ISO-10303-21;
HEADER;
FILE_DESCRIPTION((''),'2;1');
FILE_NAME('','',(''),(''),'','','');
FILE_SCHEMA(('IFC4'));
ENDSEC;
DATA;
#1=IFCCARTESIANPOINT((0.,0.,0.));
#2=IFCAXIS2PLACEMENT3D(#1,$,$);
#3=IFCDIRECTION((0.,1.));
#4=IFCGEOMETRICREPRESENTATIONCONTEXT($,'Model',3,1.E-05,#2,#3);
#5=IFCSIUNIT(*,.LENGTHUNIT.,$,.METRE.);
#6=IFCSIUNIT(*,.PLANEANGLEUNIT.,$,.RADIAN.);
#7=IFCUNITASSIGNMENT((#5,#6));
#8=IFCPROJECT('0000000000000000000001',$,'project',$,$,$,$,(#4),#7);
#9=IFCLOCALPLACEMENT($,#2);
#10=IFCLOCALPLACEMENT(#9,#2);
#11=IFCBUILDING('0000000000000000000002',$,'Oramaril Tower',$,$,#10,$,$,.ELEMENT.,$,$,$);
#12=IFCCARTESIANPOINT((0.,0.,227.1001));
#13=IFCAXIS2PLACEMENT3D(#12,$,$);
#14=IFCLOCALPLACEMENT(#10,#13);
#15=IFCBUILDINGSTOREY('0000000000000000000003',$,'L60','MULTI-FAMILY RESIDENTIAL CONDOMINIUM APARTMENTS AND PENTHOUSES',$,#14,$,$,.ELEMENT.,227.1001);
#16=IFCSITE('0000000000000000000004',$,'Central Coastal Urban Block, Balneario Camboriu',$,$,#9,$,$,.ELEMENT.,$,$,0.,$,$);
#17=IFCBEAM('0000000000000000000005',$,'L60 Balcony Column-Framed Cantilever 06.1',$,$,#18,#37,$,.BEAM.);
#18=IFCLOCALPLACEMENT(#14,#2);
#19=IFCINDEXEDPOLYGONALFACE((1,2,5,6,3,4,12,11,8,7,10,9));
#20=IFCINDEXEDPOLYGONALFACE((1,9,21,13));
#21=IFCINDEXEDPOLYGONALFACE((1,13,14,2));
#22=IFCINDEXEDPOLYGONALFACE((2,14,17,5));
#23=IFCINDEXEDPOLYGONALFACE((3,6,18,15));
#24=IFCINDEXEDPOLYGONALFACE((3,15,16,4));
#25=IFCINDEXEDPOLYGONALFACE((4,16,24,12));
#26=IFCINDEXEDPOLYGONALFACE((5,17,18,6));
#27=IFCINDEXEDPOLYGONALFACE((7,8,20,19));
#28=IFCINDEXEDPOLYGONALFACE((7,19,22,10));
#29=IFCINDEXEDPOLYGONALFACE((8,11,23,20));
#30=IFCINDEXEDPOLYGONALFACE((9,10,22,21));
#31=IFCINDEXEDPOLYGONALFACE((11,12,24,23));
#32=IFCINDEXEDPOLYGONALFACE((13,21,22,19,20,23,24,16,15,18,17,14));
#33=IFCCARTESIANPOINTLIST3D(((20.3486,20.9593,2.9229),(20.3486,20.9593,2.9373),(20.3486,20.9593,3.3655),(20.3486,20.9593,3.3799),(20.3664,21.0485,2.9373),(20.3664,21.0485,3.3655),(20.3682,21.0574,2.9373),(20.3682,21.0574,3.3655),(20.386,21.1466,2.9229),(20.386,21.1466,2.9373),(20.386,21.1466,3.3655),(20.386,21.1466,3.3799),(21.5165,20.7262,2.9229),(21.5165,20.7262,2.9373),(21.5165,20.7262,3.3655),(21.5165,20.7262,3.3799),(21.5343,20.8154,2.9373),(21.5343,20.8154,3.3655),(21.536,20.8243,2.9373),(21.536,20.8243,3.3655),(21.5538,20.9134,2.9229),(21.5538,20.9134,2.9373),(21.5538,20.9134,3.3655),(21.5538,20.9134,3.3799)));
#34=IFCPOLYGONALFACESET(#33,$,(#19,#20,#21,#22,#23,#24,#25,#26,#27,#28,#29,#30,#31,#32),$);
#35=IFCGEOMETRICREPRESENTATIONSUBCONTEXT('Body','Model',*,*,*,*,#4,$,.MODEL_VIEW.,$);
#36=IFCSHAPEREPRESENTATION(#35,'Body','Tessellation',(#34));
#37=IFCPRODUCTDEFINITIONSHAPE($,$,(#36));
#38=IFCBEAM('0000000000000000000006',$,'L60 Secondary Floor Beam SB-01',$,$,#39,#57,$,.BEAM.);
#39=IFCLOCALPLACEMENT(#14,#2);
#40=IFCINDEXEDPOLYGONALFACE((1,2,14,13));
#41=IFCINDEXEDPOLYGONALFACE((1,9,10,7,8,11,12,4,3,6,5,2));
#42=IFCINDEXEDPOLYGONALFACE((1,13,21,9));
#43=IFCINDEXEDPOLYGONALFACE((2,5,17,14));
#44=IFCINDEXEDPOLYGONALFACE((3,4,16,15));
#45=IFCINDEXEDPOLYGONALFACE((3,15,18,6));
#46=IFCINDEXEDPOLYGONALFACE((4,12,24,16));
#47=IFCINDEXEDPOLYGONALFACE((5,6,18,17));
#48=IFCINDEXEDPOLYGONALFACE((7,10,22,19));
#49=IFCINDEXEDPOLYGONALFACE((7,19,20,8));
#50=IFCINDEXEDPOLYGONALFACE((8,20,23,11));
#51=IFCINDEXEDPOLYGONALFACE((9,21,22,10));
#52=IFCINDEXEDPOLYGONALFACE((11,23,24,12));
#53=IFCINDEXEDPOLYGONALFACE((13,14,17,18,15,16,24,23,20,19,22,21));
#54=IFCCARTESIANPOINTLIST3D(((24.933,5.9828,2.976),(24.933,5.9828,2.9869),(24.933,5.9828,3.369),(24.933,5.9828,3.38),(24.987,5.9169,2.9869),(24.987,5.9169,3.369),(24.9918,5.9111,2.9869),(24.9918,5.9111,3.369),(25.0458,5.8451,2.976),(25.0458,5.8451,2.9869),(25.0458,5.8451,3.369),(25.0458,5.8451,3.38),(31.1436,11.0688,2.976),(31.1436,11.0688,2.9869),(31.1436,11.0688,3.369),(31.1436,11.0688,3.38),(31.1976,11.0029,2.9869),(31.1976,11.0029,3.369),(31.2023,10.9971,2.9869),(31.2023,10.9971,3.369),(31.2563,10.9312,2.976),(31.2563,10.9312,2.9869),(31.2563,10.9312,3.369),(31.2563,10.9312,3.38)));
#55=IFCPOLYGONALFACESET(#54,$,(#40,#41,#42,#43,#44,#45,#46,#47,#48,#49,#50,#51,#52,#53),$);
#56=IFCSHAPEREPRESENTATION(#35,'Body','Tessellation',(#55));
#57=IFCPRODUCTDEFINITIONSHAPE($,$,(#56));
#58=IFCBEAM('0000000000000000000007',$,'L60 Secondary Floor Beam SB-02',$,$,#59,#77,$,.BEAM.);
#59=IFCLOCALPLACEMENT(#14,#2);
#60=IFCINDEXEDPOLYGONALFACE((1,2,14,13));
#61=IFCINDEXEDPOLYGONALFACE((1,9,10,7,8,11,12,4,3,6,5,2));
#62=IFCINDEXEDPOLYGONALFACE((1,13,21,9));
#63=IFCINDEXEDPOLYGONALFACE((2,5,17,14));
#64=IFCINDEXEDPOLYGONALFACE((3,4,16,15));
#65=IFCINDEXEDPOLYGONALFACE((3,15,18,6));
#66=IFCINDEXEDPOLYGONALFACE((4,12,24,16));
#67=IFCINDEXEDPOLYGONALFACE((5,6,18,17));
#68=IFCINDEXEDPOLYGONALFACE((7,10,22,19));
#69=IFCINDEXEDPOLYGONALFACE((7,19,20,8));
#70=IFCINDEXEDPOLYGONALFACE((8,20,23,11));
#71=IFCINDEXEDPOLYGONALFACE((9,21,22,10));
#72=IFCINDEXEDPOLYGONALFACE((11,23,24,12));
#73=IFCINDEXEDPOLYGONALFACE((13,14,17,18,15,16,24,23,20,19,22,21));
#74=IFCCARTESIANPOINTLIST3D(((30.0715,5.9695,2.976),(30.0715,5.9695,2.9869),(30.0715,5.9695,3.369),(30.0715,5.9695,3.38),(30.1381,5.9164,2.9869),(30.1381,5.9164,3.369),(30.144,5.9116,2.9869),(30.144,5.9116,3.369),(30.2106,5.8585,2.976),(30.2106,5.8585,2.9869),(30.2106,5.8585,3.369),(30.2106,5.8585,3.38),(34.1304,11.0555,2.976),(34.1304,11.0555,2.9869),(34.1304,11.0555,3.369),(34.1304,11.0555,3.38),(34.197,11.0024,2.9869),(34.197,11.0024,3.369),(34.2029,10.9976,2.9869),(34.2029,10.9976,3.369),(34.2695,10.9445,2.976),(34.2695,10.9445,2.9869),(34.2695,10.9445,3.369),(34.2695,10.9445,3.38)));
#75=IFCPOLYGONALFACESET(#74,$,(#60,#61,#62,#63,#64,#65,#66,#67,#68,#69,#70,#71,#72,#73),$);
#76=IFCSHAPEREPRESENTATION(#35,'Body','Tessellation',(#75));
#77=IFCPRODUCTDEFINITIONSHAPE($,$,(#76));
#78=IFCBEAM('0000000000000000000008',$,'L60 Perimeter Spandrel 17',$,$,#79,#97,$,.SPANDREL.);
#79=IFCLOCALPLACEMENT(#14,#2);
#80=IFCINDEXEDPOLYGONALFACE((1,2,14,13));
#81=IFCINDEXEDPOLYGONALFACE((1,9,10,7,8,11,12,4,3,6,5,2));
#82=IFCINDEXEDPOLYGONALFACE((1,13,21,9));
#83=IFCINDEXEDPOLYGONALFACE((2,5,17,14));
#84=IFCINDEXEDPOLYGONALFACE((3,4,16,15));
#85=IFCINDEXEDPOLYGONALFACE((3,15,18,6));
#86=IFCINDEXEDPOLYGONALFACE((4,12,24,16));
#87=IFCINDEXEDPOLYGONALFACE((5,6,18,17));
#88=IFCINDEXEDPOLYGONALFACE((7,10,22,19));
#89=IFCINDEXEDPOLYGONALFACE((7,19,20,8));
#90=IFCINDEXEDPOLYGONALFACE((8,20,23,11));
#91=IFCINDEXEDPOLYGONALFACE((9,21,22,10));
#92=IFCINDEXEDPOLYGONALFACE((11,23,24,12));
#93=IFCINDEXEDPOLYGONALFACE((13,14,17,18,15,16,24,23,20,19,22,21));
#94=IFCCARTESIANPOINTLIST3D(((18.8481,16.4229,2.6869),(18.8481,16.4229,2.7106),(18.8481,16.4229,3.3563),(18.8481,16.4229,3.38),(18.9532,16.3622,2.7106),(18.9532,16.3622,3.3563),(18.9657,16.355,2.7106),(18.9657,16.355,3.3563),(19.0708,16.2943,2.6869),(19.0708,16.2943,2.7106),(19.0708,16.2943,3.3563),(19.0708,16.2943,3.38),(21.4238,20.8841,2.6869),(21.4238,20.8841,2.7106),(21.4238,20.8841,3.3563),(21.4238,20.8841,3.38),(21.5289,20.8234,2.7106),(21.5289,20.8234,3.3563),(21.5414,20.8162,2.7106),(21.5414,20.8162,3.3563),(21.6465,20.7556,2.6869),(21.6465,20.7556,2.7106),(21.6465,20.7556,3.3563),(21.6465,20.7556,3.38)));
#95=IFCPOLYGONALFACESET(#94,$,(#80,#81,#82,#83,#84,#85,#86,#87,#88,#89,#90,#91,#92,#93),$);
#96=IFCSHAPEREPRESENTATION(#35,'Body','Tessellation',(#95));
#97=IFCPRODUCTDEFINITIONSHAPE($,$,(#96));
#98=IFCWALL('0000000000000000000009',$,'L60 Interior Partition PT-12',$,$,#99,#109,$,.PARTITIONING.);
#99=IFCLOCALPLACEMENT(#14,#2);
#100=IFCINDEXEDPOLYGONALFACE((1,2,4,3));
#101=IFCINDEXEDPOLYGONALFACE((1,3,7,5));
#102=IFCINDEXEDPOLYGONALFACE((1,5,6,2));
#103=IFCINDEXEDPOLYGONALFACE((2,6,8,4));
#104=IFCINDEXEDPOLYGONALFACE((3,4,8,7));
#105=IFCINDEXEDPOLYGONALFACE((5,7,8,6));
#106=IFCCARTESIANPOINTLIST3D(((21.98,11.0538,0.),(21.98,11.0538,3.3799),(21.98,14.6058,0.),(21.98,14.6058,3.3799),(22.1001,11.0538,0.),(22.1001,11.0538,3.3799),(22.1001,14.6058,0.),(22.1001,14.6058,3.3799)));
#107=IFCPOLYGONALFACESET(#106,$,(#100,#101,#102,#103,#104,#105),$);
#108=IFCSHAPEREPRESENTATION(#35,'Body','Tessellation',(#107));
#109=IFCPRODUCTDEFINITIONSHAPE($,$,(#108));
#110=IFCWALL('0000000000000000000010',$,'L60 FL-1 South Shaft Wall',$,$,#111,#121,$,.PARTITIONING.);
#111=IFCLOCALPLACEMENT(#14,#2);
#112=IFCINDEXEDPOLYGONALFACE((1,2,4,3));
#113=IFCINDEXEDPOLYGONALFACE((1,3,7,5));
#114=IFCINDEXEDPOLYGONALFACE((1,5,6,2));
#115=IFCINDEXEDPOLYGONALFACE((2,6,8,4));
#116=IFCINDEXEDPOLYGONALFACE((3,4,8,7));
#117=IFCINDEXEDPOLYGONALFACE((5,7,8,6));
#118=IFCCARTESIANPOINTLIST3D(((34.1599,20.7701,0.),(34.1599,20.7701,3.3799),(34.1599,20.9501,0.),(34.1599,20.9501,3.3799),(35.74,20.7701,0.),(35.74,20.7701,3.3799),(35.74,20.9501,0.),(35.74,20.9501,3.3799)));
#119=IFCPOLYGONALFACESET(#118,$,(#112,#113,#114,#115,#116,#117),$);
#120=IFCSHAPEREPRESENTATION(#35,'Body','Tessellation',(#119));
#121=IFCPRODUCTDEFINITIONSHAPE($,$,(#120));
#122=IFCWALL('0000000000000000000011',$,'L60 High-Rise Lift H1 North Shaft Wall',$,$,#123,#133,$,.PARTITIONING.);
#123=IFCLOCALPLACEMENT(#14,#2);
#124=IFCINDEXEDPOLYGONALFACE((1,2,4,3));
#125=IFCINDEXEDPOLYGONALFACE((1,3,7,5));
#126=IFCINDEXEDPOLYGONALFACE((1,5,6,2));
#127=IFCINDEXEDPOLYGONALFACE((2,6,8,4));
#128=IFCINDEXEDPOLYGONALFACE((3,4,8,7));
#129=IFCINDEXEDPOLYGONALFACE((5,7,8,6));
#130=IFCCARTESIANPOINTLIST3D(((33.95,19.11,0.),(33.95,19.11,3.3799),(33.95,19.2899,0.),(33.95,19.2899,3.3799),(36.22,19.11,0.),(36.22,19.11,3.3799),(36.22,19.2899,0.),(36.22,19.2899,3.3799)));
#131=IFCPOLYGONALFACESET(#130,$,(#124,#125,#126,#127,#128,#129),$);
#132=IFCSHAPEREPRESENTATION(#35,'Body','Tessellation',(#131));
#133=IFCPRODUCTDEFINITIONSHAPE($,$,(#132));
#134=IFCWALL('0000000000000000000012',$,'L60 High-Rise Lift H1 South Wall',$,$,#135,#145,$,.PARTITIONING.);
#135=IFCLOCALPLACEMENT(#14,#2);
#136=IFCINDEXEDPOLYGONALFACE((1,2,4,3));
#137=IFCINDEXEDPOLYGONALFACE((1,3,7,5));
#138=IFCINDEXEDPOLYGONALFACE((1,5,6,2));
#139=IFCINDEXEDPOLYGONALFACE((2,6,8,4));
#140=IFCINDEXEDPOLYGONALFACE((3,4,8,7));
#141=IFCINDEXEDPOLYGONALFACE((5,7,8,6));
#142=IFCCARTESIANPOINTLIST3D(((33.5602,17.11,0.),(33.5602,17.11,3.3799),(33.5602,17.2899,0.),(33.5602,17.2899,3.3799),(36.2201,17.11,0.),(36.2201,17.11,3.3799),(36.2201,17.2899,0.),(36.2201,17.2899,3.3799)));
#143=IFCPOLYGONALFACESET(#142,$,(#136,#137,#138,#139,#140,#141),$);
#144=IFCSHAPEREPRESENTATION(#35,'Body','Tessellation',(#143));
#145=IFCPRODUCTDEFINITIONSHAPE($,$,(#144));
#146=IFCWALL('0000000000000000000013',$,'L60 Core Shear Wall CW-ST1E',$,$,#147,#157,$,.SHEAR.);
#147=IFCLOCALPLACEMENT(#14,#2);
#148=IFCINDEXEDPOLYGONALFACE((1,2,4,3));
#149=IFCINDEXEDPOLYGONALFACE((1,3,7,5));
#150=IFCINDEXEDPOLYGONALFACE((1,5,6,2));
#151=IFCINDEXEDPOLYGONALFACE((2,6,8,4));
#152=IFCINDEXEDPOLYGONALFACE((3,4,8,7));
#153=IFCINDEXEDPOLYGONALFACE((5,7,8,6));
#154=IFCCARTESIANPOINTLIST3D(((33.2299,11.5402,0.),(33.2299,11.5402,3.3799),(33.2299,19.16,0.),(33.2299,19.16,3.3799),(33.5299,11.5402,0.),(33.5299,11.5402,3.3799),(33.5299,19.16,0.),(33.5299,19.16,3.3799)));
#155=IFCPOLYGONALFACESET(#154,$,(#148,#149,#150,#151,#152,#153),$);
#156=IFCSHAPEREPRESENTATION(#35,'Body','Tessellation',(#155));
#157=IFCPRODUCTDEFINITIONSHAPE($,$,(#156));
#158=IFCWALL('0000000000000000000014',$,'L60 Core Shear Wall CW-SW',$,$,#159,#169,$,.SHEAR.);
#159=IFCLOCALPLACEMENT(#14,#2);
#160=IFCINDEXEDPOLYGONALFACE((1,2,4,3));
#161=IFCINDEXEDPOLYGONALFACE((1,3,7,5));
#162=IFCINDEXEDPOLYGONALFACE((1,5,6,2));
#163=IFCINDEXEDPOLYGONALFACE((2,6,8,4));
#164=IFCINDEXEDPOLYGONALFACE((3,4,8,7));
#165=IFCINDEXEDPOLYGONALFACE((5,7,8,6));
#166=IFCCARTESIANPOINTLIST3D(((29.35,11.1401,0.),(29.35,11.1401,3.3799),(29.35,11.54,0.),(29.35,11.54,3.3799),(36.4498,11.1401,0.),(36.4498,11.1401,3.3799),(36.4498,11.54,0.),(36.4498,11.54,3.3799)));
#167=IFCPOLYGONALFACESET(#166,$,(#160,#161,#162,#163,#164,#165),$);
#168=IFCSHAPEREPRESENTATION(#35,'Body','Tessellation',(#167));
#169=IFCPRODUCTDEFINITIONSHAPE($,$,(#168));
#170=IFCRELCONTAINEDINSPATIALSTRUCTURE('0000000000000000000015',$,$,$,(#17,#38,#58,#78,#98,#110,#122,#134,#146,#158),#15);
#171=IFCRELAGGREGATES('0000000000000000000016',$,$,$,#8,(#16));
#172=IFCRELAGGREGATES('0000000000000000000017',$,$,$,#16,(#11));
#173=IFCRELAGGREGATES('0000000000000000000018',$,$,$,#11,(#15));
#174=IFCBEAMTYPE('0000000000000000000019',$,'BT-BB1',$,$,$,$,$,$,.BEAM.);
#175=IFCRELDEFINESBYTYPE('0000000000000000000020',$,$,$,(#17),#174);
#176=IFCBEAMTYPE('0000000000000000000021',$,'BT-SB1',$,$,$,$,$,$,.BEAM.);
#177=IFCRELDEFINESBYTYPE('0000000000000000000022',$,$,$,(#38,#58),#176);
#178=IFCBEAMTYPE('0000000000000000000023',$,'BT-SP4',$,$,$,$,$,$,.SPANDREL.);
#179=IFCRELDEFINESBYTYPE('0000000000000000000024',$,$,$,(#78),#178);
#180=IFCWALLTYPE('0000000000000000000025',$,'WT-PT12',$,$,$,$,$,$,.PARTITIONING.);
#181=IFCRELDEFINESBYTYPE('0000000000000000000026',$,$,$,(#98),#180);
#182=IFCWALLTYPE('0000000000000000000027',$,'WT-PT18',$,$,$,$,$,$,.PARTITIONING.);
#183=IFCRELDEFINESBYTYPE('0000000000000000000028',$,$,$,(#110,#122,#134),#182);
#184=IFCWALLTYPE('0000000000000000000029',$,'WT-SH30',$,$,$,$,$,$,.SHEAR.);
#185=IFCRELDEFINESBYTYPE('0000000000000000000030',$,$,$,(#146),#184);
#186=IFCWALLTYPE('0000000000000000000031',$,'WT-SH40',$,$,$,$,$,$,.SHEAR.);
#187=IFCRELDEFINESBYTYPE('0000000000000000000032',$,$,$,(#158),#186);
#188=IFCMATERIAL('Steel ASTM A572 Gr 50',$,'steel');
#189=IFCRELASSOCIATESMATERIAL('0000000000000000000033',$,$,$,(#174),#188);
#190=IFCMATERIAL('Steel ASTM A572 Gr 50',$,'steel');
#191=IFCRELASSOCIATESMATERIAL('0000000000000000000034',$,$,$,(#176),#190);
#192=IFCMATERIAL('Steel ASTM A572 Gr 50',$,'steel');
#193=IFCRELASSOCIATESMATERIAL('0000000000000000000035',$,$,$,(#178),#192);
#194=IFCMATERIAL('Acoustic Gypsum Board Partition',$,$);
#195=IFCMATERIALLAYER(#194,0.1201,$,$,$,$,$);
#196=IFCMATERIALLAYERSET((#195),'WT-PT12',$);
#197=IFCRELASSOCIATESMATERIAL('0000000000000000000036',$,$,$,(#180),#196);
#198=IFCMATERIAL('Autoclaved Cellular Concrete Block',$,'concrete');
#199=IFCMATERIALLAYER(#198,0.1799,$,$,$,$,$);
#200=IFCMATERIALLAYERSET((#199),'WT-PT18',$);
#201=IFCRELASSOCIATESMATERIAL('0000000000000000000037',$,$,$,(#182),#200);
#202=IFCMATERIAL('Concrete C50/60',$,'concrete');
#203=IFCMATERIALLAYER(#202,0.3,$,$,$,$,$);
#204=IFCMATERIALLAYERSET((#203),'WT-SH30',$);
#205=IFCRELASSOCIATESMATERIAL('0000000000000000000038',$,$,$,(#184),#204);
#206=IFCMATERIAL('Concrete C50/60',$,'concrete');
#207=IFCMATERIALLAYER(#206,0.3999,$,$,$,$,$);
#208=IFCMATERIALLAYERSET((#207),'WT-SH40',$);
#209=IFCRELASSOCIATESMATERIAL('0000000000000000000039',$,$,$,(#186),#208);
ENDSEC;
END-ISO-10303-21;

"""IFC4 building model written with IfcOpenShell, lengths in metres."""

from ifc_helpers import new_model, si_unit, direction, frame, frame_2d, origin, origin_2d, place, context, subcontext, project, spatial, rectangle, i_section, extrude, material, layer, layer_set, material_profile, profile_set, type_object, element, save


model = new_model("IFC4")

# Units and contexts
model_context = context("Model", 3, precision=1e-05, world=origin(), true_north=direction((0.0, 1.0)))
body_context = subcontext(model_context, "Body", "Model", "MODEL_VIEW")
ifc_project = project(units=[si_unit("LENGTHUNIT", "METRE"), si_unit("PLANEANGLEUNIT", "RADIAN")], contexts=[model_context])

# Site, building, storey
site_placement = place(None, origin())
site = spatial("IfcSite", under=ifc_project, at=site_placement, Name="Central Coastal Urban Block, Balneario Camboriu", CompositionType="ELEMENT", RefElevation=0.0)
building_placement = place(site_placement, origin())
building = spatial("IfcBuilding", under=site, at=building_placement, Name="Oramaril Tower", CompositionType="ELEMENT")
storey_placement = place(building_placement, frame((0.0, 0.0, 227.1001)))
storey = spatial("IfcBuildingStorey", under=building, at=storey_placement, Name="L60", Description="MULTI-FAMILY RESIDENTIAL CONDOMINIUM APARTMENTS AND PENTHOUSES", CompositionType="ELEMENT", Elevation=227.1001)

# Beams
ifc_material_1 = material(Name="Steel ASTM A572 Gr 50", Category="steel")
ifc_material_profile_1 = material_profile(ifc_material_1, i_section(OverallWidth=0.1909, OverallDepth=0.457, WebThickness=0.009, FlangeThickness=0.0144, at=origin_2d()), Name="W18X50")
ifc_profile_set_1 = profile_set([ifc_material_profile_1], Name="Steel ASTM A572 Gr 50")
beam_type_1 = type_object("IfcBeamType", Name="BT-BB1", PredefinedType="BEAM", material=ifc_profile_set_1)
beam_1_placement = place(storey_placement, frame((21.5352, 20.8198, 3.1514), z_axis=(-0.980652, 0.195761, 0.0), x_axis=(-0.195761, -0.980652, 0.0)))
element("IfcBeam", 1, at=beam_1_placement, inside=storey, type_object=beam_type_1, Name="L60 Balcony Column-Framed Cantilever 06.1", PredefinedType="BEAM", context=body_context, shape_type="SweptSolid", body=[
    extrude(i_section(OverallWidth=0.1909, OverallDepth=0.457, WebThickness=0.009, FlangeThickness=0.0144, at=origin_2d()), origin(), (0.0, 0.0, 1.0), 1.1909),
])
ifc_material_2 = material(Name="Steel ASTM A572 Gr 50", Category="steel")
ifc_material_profile_2 = material_profile(ifc_material_2, i_section(OverallWidth=0.178, OverallDepth=0.4041, WebThickness=0.0076, FlangeThickness=0.011, at=origin_2d()), Name="W16X36")
ifc_profile_set_2 = profile_set([ifc_material_profile_2], Name="Steel ASTM A572 Gr 50")
beam_type_2 = type_object("IfcBeamType", Name="BT-SB1", PredefinedType="BEAM", material=ifc_profile_set_2)
beam_2_placement = place(storey_placement, frame((31.2, 11.0, 3.178), z_axis=(-0.773673, -0.633586, 0.0), x_axis=(0.633586, -0.773673, 0.0)))
element("IfcBeam", 2, at=beam_2_placement, inside=storey, type_object=beam_type_2, Name="L60 Secondary Floor Beam SB-01", PredefinedType="BEAM", context=body_context, shape_type="SweptSolid", body=[
    extrude(i_section(OverallWidth=0.178, OverallDepth=0.4041, WebThickness=0.0076, FlangeThickness=0.011, at=origin_2d()), origin(), (0.0, 0.0, 1.0), 8.0273),
])
beam_3_placement = place(storey_placement, frame((34.2, 11.0, 3.178), z_axis=(-0.623766, -0.781611, 0.0), x_axis=(0.781611, -0.623766, 0.0)))
element("IfcBeam", 3, at=beam_3_placement, inside=storey, type_object=beam_type_2, Name="L60 Secondary Floor Beam SB-02", PredefinedType="BEAM", context=body_context, shape_type="SweptSolid", body=[
    extrude(i_section(OverallWidth=0.178, OverallDepth=0.4041, WebThickness=0.0076, FlangeThickness=0.011, at=origin_2d()), origin(), (0.0, 0.0, 1.0), 6.5071),
])
ifc_material_3 = material(Name="Steel ASTM A572 Gr 50", Category="steel")
ifc_material_profile_3 = material_profile(ifc_material_3, i_section(OverallWidth=0.2571, OverallDepth=0.6931, WebThickness=0.0144, FlangeThickness=0.0237, at=origin_2d()), Name="W27X114")
ifc_profile_set_3 = profile_set([ifc_material_profile_3], Name="Steel ASTM A572 Gr 50")
beam_type_3 = type_object("IfcBeamType", Name="BT-SP4", PredefinedType="SPANDREL", material=ifc_profile_set_3)
beam_4_placement = place(storey_placement, frame((21.5352, 20.8198, 3.0334), z_axis=(-0.500003, -0.866024, 0.0), x_axis=(0.866024, -0.500003, 0.0)))
element("IfcBeam", 4, at=beam_4_placement, inside=storey, type_object=beam_type_3, Name="L60 Perimeter Spandrel 17", PredefinedType="SPANDREL", context=body_context, shape_type="SweptSolid", body=[
    extrude(i_section(OverallWidth=0.2571, OverallDepth=0.6931, WebThickness=0.0144, FlangeThickness=0.0237, at=origin_2d()), origin(), (0.0, 0.0, 1.0), 5.1514),
])

# Walls
ifc_material_4 = material(Name="Acoustic Gypsum Board Partition")
ifc_layer_1 = layer(ifc_material_4, 0.1201)
ifc_layer_set_1 = layer_set([ifc_layer_1], Name="WT-PT12")
wall_type_1 = type_object("IfcWallType", Name="WT-PT12", PredefinedType="PARTITIONING", material=ifc_layer_set_1)
wall_1_placement = place(storey_placement, frame((22.04, 11.054, 0.0), z_axis=(0.0, 0.0, 1.0), x_axis=(0.0, 1.0, 0.0)))
element("IfcWall", 5, at=wall_1_placement, inside=storey, type_object=wall_type_1, Name="L60 Interior Partition PT-12", PredefinedType="PARTITIONING", context=body_context, shape_type="SweptSolid", body=[
    extrude(rectangle(XDim=3.552, YDim=0.1201, at=frame_2d((1.7759, 0.0))), origin(), (0.0, 0.0, 1.0), 3.3799),
])
ifc_material_5 = material(Name="Autoclaved Cellular Concrete Block", Category="concrete")
ifc_layer_2 = layer(ifc_material_5, 0.1799)
ifc_layer_set_2 = layer_set([ifc_layer_2], Name="WT-PT18")
wall_type_2 = type_object("IfcWallType", Name="WT-PT18", PredefinedType="PARTITIONING", material=ifc_layer_set_2)
wall_2_placement = place(storey_placement, frame((34.1599, 20.8601, 0.0), z_axis=(0.0, 0.0, 1.0), x_axis=(1.0, 0.0, 0.0)))
element("IfcWall", 6, at=wall_2_placement, inside=storey, type_object=wall_type_2, Name="L60 FL-1 South Shaft Wall", PredefinedType="PARTITIONING", context=body_context, shape_type="SweptSolid", body=[
    extrude(rectangle(XDim=1.5801, YDim=0.1799, at=frame_2d((0.79, 0.0))), origin(), (0.0, 0.0, 1.0), 3.3799),
])
wall_3_placement = place(storey_placement, frame((33.95, 19.2, 0.0), z_axis=(0.0, 0.0, 1.0), x_axis=(1.0, 0.0, 0.0)))
element("IfcWall", 7, at=wall_3_placement, inside=storey, type_object=wall_type_2, Name="L60 High-Rise Lift H1 North Shaft Wall", PredefinedType="PARTITIONING", context=body_context, shape_type="SweptSolid", body=[
    extrude(rectangle(XDim=2.27, YDim=0.1799, at=frame_2d((1.135, 0.0))), origin(), (0.0, 0.0, 1.0), 3.3799),
])
wall_4_placement = place(storey_placement, frame((33.5601, 17.2, 0.0), z_axis=(0.0, 0.0, 1.0), x_axis=(1.0, 0.0, 0.0)))
element("IfcWall", 8, at=wall_4_placement, inside=storey, type_object=wall_type_2, Name="L60 High-Rise Lift H1 South Wall", PredefinedType="PARTITIONING", context=body_context, shape_type="SweptSolid", body=[
    extrude(rectangle(XDim=2.6599, YDim=0.1799, at=frame_2d((1.3301, 0.0))), origin(), (0.0, 0.0, 1.0), 3.3799),
])

# Shared definitions
ifc_material_6 = material(Name="Concrete C50/60", Category="concrete")
ifc_layer_3 = layer(ifc_material_6, 0.3)
ifc_layer_set_3 = layer_set([ifc_layer_3], Name="WT-SH30")
wall_type_3 = type_object("IfcWallType", Name="WT-SH30", PredefinedType="SHEAR", material=ifc_layer_set_3)

# Walls
wall_5_placement = place(storey_placement, frame((33.3799, 11.54, 0.0), z_axis=(0.0, 0.0, 1.0), x_axis=(0.0, 1.0, 0.0)))
element("IfcWall", 9, at=wall_5_placement, inside=storey, type_object=wall_type_3, Name="L60 Core Shear Wall CW-ST1E", PredefinedType="SHEAR", context=body_context, shape_type="SweptSolid", body=[
    extrude(rectangle(XDim=7.6199, YDim=0.3, at=frame_2d((3.8101, 0.0))), origin(), (0.0, 0.0, 1.0), 3.3799),
])
ifc_material_7 = material(Name="Concrete C50/60", Category="concrete")
ifc_layer_4 = layer(ifc_material_7, 0.3999)
ifc_layer_set_4 = layer_set([ifc_layer_4], Name="WT-SH40")
wall_type_4 = type_object("IfcWallType", Name="WT-SH40", PredefinedType="SHEAR", material=ifc_layer_set_4)
wall_6_placement = place(storey_placement, frame((29.3501, 11.3401, 0.0), z_axis=(0.0, 0.0, 1.0), x_axis=(1.0, 0.0, 0.0)))
element("IfcWall", 10, at=wall_6_placement, inside=storey, type_object=wall_type_4, Name="L60 Core Shear Wall CW-SW", PredefinedType="SHEAR", context=body_context, shape_type="SweptSolid", body=[
    extrude(rectangle(XDim=7.0999, YDim=0.3999, at=frame_2d((3.5498, 0.0))), origin(), (0.0, 0.0, 1.0), 3.3799),
])

save(model, "model.ifc")
